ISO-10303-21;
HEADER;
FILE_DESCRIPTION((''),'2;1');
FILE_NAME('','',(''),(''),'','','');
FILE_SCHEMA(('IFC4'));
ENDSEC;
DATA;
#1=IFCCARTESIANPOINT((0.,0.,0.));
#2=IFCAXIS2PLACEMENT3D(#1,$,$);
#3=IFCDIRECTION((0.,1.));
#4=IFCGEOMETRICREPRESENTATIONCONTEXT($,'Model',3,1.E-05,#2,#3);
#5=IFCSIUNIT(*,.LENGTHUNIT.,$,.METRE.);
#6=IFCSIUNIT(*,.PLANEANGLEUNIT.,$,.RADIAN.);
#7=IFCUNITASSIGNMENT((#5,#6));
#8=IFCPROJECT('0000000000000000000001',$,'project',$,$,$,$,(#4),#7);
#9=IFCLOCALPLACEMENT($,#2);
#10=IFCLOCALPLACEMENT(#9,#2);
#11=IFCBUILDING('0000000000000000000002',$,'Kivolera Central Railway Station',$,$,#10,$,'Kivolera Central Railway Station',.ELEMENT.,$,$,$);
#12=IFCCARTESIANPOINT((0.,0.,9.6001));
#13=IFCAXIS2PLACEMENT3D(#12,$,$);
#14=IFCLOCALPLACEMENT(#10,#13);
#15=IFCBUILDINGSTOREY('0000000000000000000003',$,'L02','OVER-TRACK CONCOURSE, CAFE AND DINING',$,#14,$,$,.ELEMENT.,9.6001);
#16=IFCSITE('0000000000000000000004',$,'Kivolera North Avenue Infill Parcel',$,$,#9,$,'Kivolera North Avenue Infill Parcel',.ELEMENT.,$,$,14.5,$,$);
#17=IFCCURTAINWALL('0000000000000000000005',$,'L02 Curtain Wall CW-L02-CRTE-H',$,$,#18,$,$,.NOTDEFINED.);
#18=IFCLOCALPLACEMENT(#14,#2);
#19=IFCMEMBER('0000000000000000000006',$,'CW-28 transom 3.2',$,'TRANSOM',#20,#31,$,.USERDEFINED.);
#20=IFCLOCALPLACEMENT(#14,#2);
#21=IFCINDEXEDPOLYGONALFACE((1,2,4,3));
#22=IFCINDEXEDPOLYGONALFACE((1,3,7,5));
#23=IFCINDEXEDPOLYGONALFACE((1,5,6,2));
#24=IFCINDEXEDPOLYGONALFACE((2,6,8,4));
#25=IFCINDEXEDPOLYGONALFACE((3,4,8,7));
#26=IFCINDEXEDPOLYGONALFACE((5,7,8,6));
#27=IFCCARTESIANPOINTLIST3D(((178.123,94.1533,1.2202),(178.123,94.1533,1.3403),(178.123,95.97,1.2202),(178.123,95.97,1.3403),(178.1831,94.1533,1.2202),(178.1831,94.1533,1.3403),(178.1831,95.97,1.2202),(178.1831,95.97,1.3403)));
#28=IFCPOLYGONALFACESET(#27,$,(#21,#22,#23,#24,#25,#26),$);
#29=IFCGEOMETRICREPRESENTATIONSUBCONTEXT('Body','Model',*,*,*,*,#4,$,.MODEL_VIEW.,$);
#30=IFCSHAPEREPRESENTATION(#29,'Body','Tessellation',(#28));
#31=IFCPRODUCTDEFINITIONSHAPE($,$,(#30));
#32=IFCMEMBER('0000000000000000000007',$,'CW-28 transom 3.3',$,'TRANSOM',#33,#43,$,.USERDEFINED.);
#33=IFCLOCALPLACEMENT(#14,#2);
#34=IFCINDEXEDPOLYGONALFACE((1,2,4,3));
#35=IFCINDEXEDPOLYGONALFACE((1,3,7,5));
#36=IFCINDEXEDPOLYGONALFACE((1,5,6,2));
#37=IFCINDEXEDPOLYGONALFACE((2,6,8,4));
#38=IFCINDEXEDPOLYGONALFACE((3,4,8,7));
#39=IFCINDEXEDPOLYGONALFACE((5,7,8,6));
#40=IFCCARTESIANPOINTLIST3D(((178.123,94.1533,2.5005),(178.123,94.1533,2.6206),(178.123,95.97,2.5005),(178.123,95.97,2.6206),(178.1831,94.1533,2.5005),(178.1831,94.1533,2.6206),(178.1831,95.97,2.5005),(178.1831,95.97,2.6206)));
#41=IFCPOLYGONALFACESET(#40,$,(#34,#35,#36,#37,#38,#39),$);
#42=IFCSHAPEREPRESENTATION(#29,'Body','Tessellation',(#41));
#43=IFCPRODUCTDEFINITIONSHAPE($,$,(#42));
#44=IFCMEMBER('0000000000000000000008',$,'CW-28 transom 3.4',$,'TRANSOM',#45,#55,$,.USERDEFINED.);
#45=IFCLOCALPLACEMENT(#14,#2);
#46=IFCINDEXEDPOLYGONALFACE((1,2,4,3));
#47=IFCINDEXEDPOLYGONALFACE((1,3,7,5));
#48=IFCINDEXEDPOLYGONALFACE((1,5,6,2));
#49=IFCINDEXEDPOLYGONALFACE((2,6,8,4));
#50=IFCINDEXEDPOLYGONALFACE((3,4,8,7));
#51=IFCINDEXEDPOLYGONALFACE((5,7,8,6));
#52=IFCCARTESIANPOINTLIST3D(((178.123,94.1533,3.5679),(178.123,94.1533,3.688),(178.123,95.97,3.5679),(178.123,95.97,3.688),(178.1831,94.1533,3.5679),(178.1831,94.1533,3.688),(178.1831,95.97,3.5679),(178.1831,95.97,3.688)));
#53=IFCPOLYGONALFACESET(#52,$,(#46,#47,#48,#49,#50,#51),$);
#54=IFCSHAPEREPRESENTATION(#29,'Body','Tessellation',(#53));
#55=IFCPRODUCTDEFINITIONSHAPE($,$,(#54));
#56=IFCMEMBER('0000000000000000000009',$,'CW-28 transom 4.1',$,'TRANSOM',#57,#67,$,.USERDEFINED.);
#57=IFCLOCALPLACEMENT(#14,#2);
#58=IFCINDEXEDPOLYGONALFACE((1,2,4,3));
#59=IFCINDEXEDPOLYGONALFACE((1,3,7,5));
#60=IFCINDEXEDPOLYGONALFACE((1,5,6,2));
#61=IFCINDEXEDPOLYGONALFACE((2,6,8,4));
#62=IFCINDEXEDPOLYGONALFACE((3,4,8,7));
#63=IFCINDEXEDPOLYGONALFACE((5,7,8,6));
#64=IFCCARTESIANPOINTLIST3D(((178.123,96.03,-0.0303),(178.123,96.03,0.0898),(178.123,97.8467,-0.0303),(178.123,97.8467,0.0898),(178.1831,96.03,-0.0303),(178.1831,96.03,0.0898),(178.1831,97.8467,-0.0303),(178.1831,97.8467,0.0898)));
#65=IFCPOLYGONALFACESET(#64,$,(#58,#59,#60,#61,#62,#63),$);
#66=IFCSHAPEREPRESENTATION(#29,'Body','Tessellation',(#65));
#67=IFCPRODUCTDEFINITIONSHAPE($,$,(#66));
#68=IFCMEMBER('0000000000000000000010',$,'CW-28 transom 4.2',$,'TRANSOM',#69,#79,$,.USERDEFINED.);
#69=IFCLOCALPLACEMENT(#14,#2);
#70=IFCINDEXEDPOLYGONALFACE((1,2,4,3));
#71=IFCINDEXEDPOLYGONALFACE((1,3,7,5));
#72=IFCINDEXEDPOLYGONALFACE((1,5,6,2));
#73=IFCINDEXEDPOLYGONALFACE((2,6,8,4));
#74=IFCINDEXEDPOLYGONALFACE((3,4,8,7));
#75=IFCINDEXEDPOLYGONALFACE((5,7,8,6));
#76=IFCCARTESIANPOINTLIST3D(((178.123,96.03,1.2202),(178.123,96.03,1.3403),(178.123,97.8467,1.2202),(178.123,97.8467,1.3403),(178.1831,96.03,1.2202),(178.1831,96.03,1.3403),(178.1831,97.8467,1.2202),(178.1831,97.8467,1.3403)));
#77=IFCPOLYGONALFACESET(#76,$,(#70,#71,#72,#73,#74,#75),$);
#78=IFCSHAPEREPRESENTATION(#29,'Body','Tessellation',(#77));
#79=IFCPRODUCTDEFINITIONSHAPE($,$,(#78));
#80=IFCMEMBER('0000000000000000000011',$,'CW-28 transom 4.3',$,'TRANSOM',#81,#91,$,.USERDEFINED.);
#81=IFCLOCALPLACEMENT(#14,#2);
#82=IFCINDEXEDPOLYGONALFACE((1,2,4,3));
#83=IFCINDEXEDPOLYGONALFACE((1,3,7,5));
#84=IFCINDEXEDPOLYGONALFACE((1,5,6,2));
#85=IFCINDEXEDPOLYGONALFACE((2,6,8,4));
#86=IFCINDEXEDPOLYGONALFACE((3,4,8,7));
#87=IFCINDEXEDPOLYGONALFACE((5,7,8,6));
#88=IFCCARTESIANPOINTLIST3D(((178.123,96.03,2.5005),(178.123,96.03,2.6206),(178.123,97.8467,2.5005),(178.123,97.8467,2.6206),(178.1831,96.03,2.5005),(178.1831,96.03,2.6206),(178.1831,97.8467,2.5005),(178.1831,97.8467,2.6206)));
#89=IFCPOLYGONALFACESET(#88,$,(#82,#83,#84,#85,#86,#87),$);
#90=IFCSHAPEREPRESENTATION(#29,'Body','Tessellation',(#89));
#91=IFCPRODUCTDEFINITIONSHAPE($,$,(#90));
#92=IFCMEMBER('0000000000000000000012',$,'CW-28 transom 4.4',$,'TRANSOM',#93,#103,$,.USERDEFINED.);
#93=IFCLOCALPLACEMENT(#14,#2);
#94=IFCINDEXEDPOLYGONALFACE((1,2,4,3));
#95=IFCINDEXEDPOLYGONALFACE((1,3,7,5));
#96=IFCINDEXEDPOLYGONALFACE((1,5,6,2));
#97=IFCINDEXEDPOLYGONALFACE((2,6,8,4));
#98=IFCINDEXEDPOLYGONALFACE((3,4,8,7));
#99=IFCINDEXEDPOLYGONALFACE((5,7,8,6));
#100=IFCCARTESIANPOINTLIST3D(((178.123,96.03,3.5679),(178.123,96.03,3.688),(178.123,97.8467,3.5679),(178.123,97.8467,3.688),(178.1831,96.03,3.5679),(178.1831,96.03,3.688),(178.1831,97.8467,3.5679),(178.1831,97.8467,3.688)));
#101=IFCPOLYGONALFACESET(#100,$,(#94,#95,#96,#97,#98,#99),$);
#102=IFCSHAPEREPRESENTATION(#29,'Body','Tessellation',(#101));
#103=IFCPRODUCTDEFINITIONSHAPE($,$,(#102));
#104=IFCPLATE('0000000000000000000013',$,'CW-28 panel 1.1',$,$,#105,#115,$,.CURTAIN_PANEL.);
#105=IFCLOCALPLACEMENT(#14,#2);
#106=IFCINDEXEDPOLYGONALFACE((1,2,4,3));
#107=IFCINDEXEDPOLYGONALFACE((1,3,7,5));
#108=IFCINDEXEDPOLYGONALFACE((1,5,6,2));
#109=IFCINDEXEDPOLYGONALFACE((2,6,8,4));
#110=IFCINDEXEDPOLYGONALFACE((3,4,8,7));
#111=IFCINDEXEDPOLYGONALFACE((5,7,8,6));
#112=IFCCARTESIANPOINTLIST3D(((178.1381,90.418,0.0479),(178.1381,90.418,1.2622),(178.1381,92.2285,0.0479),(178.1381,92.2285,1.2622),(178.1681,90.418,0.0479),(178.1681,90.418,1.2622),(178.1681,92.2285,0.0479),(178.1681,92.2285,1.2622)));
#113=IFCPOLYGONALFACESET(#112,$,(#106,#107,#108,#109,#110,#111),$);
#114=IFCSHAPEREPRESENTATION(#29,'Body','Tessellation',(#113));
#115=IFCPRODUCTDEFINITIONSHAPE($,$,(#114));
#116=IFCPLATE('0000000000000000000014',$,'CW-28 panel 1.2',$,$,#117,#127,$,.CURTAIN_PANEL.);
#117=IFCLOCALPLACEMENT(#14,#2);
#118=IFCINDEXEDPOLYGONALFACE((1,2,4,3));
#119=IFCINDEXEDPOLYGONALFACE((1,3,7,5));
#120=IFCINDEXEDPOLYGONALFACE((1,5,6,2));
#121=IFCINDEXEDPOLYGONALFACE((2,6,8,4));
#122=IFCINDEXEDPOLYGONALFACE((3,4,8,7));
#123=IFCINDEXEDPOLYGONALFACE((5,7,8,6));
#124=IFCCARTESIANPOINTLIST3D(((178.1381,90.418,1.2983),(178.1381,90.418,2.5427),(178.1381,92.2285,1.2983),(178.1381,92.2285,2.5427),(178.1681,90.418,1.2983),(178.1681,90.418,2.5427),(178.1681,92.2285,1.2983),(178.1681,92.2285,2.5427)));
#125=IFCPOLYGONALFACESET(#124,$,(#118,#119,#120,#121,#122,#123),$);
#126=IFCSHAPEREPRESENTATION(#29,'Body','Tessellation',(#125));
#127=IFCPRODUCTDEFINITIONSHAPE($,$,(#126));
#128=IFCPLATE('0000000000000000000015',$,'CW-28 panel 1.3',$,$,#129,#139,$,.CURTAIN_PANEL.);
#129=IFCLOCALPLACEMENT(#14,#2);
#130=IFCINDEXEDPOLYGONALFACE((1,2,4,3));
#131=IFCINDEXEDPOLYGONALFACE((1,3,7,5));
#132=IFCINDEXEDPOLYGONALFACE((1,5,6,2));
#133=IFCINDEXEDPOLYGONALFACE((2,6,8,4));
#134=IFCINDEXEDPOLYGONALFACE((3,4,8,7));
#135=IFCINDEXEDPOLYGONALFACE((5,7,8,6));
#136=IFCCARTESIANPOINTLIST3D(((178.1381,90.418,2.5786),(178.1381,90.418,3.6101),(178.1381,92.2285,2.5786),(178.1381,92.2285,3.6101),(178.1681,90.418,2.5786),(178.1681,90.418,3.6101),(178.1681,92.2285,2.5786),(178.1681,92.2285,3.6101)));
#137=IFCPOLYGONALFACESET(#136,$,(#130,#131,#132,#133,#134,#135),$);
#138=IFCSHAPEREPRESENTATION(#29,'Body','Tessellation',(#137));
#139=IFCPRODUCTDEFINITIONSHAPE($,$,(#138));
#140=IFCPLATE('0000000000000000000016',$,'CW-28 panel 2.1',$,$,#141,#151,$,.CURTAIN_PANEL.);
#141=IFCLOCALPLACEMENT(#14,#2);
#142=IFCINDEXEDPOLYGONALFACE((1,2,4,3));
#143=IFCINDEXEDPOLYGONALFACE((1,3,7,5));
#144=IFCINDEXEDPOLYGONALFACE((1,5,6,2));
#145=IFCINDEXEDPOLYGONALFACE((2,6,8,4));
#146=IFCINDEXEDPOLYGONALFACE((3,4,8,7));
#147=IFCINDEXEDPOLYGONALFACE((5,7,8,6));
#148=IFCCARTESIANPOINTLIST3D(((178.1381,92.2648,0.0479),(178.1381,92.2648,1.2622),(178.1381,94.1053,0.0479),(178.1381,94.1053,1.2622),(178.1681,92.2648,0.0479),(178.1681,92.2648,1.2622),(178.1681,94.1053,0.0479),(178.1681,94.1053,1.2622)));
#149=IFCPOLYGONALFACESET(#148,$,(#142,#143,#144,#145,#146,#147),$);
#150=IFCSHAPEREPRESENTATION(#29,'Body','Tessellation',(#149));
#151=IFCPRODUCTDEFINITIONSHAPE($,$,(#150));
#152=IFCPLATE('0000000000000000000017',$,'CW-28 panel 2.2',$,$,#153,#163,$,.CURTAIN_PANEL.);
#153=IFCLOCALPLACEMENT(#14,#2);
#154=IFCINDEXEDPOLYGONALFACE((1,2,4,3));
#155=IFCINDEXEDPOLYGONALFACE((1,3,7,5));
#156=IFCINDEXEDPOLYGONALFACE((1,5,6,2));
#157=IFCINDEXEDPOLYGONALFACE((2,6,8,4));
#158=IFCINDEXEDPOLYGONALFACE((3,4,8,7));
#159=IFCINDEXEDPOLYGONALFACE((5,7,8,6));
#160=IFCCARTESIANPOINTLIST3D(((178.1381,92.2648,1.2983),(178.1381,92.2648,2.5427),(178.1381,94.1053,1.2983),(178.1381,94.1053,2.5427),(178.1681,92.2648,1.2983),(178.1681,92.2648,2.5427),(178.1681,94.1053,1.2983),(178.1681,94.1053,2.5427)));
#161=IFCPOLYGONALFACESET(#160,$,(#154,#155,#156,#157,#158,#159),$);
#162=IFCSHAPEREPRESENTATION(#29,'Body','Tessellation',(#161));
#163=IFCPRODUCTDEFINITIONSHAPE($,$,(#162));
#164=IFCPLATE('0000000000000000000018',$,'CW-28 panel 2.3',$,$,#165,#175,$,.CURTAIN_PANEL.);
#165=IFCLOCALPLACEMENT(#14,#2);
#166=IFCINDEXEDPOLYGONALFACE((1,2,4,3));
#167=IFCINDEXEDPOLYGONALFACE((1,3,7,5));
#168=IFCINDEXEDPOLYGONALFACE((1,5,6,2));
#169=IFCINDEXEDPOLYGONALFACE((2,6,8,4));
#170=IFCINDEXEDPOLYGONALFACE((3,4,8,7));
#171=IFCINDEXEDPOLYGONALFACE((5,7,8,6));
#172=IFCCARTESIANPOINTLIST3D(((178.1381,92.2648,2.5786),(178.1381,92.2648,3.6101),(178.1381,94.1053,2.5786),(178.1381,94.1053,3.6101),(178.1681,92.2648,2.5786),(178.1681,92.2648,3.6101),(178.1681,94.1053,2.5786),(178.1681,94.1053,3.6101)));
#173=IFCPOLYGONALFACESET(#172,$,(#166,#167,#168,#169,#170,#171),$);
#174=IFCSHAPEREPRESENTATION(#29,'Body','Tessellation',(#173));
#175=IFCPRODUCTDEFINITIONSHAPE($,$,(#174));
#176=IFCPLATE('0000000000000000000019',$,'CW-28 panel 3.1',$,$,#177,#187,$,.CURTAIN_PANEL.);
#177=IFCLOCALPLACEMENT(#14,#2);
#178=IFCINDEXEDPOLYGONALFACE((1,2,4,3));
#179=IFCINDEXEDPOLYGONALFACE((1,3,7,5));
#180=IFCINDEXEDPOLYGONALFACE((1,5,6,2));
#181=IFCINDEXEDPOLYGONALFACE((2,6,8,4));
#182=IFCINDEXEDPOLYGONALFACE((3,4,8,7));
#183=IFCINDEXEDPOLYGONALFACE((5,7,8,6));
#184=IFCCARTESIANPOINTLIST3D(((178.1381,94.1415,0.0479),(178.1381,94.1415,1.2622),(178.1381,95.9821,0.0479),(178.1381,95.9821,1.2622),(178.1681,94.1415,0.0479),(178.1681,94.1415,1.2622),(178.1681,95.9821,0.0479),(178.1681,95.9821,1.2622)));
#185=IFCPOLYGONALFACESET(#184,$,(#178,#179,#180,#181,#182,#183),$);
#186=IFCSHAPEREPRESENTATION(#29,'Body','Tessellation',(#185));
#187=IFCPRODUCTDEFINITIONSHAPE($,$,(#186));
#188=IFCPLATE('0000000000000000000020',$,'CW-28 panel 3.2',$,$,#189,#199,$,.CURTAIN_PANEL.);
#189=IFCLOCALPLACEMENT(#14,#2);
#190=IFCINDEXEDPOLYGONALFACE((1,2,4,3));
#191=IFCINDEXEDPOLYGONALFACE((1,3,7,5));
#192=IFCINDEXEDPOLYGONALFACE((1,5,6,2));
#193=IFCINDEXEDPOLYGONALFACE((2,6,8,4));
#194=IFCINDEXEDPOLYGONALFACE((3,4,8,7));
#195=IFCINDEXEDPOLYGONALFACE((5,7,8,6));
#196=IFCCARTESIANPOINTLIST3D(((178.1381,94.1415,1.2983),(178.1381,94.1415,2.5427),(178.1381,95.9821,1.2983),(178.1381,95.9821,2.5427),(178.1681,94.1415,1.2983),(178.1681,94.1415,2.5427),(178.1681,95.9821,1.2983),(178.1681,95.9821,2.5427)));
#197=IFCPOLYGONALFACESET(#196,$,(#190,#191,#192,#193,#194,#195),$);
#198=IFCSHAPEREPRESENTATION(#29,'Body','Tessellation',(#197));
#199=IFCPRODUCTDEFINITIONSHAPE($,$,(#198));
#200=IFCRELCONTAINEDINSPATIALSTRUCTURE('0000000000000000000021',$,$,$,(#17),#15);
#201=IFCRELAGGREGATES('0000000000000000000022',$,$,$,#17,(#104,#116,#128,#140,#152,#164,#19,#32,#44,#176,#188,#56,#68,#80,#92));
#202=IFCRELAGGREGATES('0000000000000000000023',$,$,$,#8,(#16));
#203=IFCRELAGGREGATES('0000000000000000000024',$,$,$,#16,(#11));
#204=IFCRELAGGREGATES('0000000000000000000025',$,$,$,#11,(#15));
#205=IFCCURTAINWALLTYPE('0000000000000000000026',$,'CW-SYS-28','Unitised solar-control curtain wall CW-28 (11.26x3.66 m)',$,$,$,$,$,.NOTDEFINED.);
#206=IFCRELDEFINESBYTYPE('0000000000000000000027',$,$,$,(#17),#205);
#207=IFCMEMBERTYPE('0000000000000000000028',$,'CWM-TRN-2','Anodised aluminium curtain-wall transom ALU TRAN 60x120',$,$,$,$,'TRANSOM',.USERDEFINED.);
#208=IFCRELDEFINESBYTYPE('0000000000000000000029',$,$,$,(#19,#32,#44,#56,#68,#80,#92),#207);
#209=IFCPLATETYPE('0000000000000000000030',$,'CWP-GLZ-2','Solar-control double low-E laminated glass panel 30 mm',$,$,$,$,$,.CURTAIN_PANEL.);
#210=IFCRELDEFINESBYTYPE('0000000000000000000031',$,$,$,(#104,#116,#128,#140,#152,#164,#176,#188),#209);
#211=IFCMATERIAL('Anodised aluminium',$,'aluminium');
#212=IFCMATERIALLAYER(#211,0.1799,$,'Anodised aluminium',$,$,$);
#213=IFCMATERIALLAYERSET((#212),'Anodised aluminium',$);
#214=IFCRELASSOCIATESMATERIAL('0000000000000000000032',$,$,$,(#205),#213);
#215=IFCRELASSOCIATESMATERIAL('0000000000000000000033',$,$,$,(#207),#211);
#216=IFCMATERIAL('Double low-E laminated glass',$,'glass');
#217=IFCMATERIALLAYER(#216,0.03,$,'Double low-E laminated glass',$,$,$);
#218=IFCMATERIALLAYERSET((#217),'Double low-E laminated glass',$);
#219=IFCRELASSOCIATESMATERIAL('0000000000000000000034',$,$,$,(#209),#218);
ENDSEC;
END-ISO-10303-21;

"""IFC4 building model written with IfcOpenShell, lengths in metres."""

from ifc_helpers import new_model, si_unit, direction, frame, origin, origin_2d, place, context, subcontext, project, spatial, rectangle, extrude, material, layer, layer_set, material_profile, profile_set, type_object, element, aggregate, save


model = new_model("IFC4")

# Units and contexts
model_context = context("Model", 3, precision=1e-05, world=origin(), true_north=direction((0.0, 1.0)))
body_context = subcontext(model_context, "Body", "Model", "MODEL_VIEW")
ifc_project = project(units=[si_unit("LENGTHUNIT", "METRE"), si_unit("PLANEANGLEUNIT", "RADIAN")], contexts=[model_context])

# Site, building, storey
site_placement = place(None, origin())
site = spatial("IfcSite", under=ifc_project, at=site_placement, Name="Kivolera North Avenue Infill Parcel", LongName="Kivolera North Avenue Infill Parcel", CompositionType="ELEMENT", RefElevation=14.5)
building_placement = place(site_placement, origin())
building = spatial("IfcBuilding", under=site, at=building_placement, Name="Kivolera Central Railway Station", LongName="Kivolera Central Railway Station", CompositionType="ELEMENT")
storey_placement = place(building_placement, frame((0.0, 0.0, 9.6001)))
storey = spatial("IfcBuildingStorey", under=building, at=storey_placement, Name="L02", Description="OVER-TRACK CONCOURSE, CAFE AND DINING", CompositionType="ELEMENT", Elevation=9.6001)

# Curtain wall, members, plates
ifc_material_1 = material(Name="Anodised aluminium", Category="aluminium")
ifc_layer_1 = layer(ifc_material_1, 0.1799, Name="Anodised aluminium")
ifc_layer_set_1 = layer_set([ifc_layer_1], Name="Anodised aluminium")
curtain_wall_type = type_object("IfcCurtainWallType", Name="CW-SYS-28", Description="Unitised solar-control curtain wall CW-28 (11.26x3.66 m)", PredefinedType="NOTDEFINED", material=ifc_layer_set_1)
curtain_wall_placement = place(storey_placement, origin())
curtain_wall = element("IfcCurtainWall", 1, at=curtain_wall_placement, inside=storey, type_object=curtain_wall_type, Name="L02 Curtain Wall CW-L02-CRTE-H", PredefinedType="NOTDEFINED")
ifc_material_profile_1 = material_profile(ifc_material_1, rectangle(XDim=0.0601, YDim=0.1201, at=origin_2d()), Name="ALU TRAN 60x120")
ifc_profile_set_1 = profile_set([ifc_material_profile_1], Name="Anodised aluminium")
member_type_1 = type_object("IfcMemberType", Name="CWM-TRN-2", Description="Anodised aluminium curtain-wall transom ALU TRAN 60x120", ElementType="TRANSOM", PredefinedType="USERDEFINED", material=ifc_profile_set_1)
member_1_placement = place(storey_placement, frame((178.1531, 94.1533, 1.2803), z_axis=(0.0, 1.0, 0.0), x_axis=(-1.0, 0.0, 0.0)))
member_1 = element("IfcMember", 2, at=member_1_placement, type_object=member_type_1, Name="CW-28 transom 3.2", ObjectType="TRANSOM", PredefinedType="USERDEFINED", context=body_context, shape_type="SweptSolid", body=[
    extrude(rectangle(XDim=0.0601, YDim=0.1201, at=origin_2d()), origin(), (0.0, 0.0, 1.0), 1.8167),
])
member_2_placement = place(storey_placement, frame((178.1531, 94.1533, 2.5605), z_axis=(0.0, 1.0, 0.0), x_axis=(-1.0, 0.0, 0.0)))
member_2 = element("IfcMember", 3, at=member_2_placement, type_object=member_type_1, Name="CW-28 transom 3.3", ObjectType="TRANSOM", PredefinedType="USERDEFINED", context=body_context, shape_type="SweptSolid", body=[
    extrude(rectangle(XDim=0.0601, YDim=0.1201, at=origin_2d()), origin(), (0.0, 0.0, 1.0), 1.8167),
])
member_3_placement = place(storey_placement, frame((178.1531, 94.1533, 3.6279), z_axis=(0.0, 1.0, 0.0), x_axis=(-1.0, 0.0, 0.0)))
member_3 = element("IfcMember", 4, at=member_3_placement, type_object=member_type_1, Name="CW-28 transom 3.4", ObjectType="TRANSOM", PredefinedType="USERDEFINED", context=body_context, shape_type="SweptSolid", body=[
    extrude(rectangle(XDim=0.0601, YDim=0.1201, at=origin_2d()), origin(), (0.0, 0.0, 1.0), 1.8167),
])
member_4_placement = place(storey_placement, frame((178.1531, 96.03, 0.0298), z_axis=(0.0, 1.0, 0.0), x_axis=(-1.0, 0.0, 0.0)))
member_4 = element("IfcMember", 5, at=member_4_placement, type_object=member_type_1, Name="CW-28 transom 4.1", ObjectType="TRANSOM", PredefinedType="USERDEFINED", context=body_context, shape_type="SweptSolid", body=[
    extrude(rectangle(XDim=0.0601, YDim=0.1201, at=origin_2d()), origin(), (0.0, 0.0, 1.0), 1.8167),
])
member_5_placement = place(storey_placement, frame((178.1531, 96.03, 1.2803), z_axis=(0.0, 1.0, 0.0), x_axis=(-1.0, 0.0, 0.0)))
member_5 = element("IfcMember", 6, at=member_5_placement, type_object=member_type_1, Name="CW-28 transom 4.2", ObjectType="TRANSOM", PredefinedType="USERDEFINED", context=body_context, shape_type="SweptSolid", body=[
    extrude(rectangle(XDim=0.0601, YDim=0.1201, at=origin_2d()), origin(), (0.0, 0.0, 1.0), 1.8167),
])
member_6_placement = place(storey_placement, frame((178.1531, 96.03, 2.5605), z_axis=(0.0, 1.0, 0.0), x_axis=(-1.0, 0.0, 0.0)))
member_6 = element("IfcMember", 7, at=member_6_placement, type_object=member_type_1, Name="CW-28 transom 4.3", ObjectType="TRANSOM", PredefinedType="USERDEFINED", context=body_context, shape_type="SweptSolid", body=[
    extrude(rectangle(XDim=0.0601, YDim=0.1201, at=origin_2d()), origin(), (0.0, 0.0, 1.0), 1.8167),
])
member_7_placement = place(storey_placement, frame((178.1531, 96.03, 3.6279), z_axis=(0.0, 1.0, 0.0), x_axis=(-1.0, 0.0, 0.0)))
member_7 = element("IfcMember", 8, at=member_7_placement, type_object=member_type_1, Name="CW-28 transom 4.4", ObjectType="TRANSOM", PredefinedType="USERDEFINED", context=body_context, shape_type="SweptSolid", body=[
    extrude(rectangle(XDim=0.0601, YDim=0.1201, at=origin_2d()), origin(), (0.0, 0.0, 1.0), 1.8167),
])
ifc_material_2 = material(Name="Double low-E laminated glass", Category="glass")
ifc_layer_2 = layer(ifc_material_2, 0.03, Name="Double low-E laminated glass")
ifc_layer_set_2 = layer_set([ifc_layer_2], Name="Double low-E laminated glass")
plate_type = type_object("IfcPlateType", Name="CWP-GLZ-2", Description="Solar-control double low-E laminated glass panel 30 mm", PredefinedType="CURTAIN_PANEL", material=ifc_layer_set_2)
plate_1_placement = place(storey_placement, frame((178.1531, 91.3232, 0.0479), z_axis=(0.0, 0.0, 1.0), x_axis=(0.0, 1.0, 0.0)))
plate_1 = element("IfcPlate", 9, at=plate_1_placement, type_object=plate_type, Name="CW-28 panel 1.1", PredefinedType="CURTAIN_PANEL", context=body_context, shape_type="SweptSolid", body=[
    extrude(rectangle(XDim=1.8105, YDim=0.03, at=origin_2d()), origin(), (0.0, 0.0, 1.0), 1.2144),
])
plate_2_placement = place(storey_placement, frame((178.1531, 91.3232, 1.2983), z_axis=(0.0, 0.0, 1.0), x_axis=(0.0, 1.0, 0.0)))
plate_2 = element("IfcPlate", 10, at=plate_2_placement, type_object=plate_type, Name="CW-28 panel 1.2", PredefinedType="CURTAIN_PANEL", context=body_context, shape_type="SweptSolid", body=[
    extrude(rectangle(XDim=1.8105, YDim=0.03, at=origin_2d()), origin(), (0.0, 0.0, 1.0), 1.2444),
])
plate_3_placement = place(storey_placement, frame((178.1531, 91.3232, 2.5786), z_axis=(0.0, 0.0, 1.0), x_axis=(0.0, 1.0, 0.0)))
plate_3 = element("IfcPlate", 11, at=plate_3_placement, type_object=plate_type, Name="CW-28 panel 1.3", PredefinedType="CURTAIN_PANEL", context=body_context, shape_type="SweptSolid", body=[
    extrude(rectangle(XDim=1.8105, YDim=0.03, at=origin_2d()), origin(), (0.0, 0.0, 1.0), 1.0315),
])
plate_4_placement = place(storey_placement, frame((178.1531, 93.1851, 0.0479), z_axis=(0.0, 0.0, 1.0), x_axis=(0.0, 1.0, 0.0)))
plate_4 = element("IfcPlate", 12, at=plate_4_placement, type_object=plate_type, Name="CW-28 panel 2.1", PredefinedType="CURTAIN_PANEL", context=body_context, shape_type="SweptSolid", body=[
    extrude(rectangle(XDim=1.8406, YDim=0.03, at=origin_2d()), origin(), (0.0, 0.0, 1.0), 1.2144),
])
plate_5_placement = place(storey_placement, frame((178.1531, 93.1851, 1.2983), z_axis=(0.0, 0.0, 1.0), x_axis=(0.0, 1.0, 0.0)))
plate_5 = element("IfcPlate", 13, at=plate_5_placement, type_object=plate_type, Name="CW-28 panel 2.2", PredefinedType="CURTAIN_PANEL", context=body_context, shape_type="SweptSolid", body=[
    extrude(rectangle(XDim=1.8406, YDim=0.03, at=origin_2d()), origin(), (0.0, 0.0, 1.0), 1.2444),
])
plate_6_placement = place(storey_placement, frame((178.1531, 93.1851, 2.5786), z_axis=(0.0, 0.0, 1.0), x_axis=(0.0, 1.0, 0.0)))
plate_6 = element("IfcPlate", 14, at=plate_6_placement, type_object=plate_type, Name="CW-28 panel 2.3", PredefinedType="CURTAIN_PANEL", context=body_context, shape_type="SweptSolid", body=[
    extrude(rectangle(XDim=1.8406, YDim=0.03, at=origin_2d()), origin(), (0.0, 0.0, 1.0), 1.0315),
])
plate_7_placement = place(storey_placement, frame((178.1531, 95.0618, 0.0479), z_axis=(0.0, 0.0, 1.0), x_axis=(0.0, 1.0, 0.0)))
plate_7 = element("IfcPlate", 15, at=plate_7_placement, type_object=plate_type, Name="CW-28 panel 3.1", PredefinedType="CURTAIN_PANEL", context=body_context, shape_type="SweptSolid", body=[
    extrude(rectangle(XDim=1.8406, YDim=0.03, at=origin_2d()), origin(), (0.0, 0.0, 1.0), 1.2144),
])
plate_8_placement = place(storey_placement, frame((178.1531, 95.0618, 1.2983), z_axis=(0.0, 0.0, 1.0), x_axis=(0.0, 1.0, 0.0)))
plate_8 = element("IfcPlate", 16, at=plate_8_placement, type_object=plate_type, Name="CW-28 panel 3.2", PredefinedType="CURTAIN_PANEL", context=body_context, shape_type="SweptSolid", body=[
    extrude(rectangle(XDim=1.8406, YDim=0.03, at=origin_2d()), origin(), (0.0, 0.0, 1.0), 1.2444),
])
aggregate(curtain_wall, [plate_1, plate_2, plate_3, plate_4, plate_5, plate_6, member_1, member_2, member_3, plate_7, plate_8, member_4, member_5, member_6, member_7])

save(model, "model.ifc")
